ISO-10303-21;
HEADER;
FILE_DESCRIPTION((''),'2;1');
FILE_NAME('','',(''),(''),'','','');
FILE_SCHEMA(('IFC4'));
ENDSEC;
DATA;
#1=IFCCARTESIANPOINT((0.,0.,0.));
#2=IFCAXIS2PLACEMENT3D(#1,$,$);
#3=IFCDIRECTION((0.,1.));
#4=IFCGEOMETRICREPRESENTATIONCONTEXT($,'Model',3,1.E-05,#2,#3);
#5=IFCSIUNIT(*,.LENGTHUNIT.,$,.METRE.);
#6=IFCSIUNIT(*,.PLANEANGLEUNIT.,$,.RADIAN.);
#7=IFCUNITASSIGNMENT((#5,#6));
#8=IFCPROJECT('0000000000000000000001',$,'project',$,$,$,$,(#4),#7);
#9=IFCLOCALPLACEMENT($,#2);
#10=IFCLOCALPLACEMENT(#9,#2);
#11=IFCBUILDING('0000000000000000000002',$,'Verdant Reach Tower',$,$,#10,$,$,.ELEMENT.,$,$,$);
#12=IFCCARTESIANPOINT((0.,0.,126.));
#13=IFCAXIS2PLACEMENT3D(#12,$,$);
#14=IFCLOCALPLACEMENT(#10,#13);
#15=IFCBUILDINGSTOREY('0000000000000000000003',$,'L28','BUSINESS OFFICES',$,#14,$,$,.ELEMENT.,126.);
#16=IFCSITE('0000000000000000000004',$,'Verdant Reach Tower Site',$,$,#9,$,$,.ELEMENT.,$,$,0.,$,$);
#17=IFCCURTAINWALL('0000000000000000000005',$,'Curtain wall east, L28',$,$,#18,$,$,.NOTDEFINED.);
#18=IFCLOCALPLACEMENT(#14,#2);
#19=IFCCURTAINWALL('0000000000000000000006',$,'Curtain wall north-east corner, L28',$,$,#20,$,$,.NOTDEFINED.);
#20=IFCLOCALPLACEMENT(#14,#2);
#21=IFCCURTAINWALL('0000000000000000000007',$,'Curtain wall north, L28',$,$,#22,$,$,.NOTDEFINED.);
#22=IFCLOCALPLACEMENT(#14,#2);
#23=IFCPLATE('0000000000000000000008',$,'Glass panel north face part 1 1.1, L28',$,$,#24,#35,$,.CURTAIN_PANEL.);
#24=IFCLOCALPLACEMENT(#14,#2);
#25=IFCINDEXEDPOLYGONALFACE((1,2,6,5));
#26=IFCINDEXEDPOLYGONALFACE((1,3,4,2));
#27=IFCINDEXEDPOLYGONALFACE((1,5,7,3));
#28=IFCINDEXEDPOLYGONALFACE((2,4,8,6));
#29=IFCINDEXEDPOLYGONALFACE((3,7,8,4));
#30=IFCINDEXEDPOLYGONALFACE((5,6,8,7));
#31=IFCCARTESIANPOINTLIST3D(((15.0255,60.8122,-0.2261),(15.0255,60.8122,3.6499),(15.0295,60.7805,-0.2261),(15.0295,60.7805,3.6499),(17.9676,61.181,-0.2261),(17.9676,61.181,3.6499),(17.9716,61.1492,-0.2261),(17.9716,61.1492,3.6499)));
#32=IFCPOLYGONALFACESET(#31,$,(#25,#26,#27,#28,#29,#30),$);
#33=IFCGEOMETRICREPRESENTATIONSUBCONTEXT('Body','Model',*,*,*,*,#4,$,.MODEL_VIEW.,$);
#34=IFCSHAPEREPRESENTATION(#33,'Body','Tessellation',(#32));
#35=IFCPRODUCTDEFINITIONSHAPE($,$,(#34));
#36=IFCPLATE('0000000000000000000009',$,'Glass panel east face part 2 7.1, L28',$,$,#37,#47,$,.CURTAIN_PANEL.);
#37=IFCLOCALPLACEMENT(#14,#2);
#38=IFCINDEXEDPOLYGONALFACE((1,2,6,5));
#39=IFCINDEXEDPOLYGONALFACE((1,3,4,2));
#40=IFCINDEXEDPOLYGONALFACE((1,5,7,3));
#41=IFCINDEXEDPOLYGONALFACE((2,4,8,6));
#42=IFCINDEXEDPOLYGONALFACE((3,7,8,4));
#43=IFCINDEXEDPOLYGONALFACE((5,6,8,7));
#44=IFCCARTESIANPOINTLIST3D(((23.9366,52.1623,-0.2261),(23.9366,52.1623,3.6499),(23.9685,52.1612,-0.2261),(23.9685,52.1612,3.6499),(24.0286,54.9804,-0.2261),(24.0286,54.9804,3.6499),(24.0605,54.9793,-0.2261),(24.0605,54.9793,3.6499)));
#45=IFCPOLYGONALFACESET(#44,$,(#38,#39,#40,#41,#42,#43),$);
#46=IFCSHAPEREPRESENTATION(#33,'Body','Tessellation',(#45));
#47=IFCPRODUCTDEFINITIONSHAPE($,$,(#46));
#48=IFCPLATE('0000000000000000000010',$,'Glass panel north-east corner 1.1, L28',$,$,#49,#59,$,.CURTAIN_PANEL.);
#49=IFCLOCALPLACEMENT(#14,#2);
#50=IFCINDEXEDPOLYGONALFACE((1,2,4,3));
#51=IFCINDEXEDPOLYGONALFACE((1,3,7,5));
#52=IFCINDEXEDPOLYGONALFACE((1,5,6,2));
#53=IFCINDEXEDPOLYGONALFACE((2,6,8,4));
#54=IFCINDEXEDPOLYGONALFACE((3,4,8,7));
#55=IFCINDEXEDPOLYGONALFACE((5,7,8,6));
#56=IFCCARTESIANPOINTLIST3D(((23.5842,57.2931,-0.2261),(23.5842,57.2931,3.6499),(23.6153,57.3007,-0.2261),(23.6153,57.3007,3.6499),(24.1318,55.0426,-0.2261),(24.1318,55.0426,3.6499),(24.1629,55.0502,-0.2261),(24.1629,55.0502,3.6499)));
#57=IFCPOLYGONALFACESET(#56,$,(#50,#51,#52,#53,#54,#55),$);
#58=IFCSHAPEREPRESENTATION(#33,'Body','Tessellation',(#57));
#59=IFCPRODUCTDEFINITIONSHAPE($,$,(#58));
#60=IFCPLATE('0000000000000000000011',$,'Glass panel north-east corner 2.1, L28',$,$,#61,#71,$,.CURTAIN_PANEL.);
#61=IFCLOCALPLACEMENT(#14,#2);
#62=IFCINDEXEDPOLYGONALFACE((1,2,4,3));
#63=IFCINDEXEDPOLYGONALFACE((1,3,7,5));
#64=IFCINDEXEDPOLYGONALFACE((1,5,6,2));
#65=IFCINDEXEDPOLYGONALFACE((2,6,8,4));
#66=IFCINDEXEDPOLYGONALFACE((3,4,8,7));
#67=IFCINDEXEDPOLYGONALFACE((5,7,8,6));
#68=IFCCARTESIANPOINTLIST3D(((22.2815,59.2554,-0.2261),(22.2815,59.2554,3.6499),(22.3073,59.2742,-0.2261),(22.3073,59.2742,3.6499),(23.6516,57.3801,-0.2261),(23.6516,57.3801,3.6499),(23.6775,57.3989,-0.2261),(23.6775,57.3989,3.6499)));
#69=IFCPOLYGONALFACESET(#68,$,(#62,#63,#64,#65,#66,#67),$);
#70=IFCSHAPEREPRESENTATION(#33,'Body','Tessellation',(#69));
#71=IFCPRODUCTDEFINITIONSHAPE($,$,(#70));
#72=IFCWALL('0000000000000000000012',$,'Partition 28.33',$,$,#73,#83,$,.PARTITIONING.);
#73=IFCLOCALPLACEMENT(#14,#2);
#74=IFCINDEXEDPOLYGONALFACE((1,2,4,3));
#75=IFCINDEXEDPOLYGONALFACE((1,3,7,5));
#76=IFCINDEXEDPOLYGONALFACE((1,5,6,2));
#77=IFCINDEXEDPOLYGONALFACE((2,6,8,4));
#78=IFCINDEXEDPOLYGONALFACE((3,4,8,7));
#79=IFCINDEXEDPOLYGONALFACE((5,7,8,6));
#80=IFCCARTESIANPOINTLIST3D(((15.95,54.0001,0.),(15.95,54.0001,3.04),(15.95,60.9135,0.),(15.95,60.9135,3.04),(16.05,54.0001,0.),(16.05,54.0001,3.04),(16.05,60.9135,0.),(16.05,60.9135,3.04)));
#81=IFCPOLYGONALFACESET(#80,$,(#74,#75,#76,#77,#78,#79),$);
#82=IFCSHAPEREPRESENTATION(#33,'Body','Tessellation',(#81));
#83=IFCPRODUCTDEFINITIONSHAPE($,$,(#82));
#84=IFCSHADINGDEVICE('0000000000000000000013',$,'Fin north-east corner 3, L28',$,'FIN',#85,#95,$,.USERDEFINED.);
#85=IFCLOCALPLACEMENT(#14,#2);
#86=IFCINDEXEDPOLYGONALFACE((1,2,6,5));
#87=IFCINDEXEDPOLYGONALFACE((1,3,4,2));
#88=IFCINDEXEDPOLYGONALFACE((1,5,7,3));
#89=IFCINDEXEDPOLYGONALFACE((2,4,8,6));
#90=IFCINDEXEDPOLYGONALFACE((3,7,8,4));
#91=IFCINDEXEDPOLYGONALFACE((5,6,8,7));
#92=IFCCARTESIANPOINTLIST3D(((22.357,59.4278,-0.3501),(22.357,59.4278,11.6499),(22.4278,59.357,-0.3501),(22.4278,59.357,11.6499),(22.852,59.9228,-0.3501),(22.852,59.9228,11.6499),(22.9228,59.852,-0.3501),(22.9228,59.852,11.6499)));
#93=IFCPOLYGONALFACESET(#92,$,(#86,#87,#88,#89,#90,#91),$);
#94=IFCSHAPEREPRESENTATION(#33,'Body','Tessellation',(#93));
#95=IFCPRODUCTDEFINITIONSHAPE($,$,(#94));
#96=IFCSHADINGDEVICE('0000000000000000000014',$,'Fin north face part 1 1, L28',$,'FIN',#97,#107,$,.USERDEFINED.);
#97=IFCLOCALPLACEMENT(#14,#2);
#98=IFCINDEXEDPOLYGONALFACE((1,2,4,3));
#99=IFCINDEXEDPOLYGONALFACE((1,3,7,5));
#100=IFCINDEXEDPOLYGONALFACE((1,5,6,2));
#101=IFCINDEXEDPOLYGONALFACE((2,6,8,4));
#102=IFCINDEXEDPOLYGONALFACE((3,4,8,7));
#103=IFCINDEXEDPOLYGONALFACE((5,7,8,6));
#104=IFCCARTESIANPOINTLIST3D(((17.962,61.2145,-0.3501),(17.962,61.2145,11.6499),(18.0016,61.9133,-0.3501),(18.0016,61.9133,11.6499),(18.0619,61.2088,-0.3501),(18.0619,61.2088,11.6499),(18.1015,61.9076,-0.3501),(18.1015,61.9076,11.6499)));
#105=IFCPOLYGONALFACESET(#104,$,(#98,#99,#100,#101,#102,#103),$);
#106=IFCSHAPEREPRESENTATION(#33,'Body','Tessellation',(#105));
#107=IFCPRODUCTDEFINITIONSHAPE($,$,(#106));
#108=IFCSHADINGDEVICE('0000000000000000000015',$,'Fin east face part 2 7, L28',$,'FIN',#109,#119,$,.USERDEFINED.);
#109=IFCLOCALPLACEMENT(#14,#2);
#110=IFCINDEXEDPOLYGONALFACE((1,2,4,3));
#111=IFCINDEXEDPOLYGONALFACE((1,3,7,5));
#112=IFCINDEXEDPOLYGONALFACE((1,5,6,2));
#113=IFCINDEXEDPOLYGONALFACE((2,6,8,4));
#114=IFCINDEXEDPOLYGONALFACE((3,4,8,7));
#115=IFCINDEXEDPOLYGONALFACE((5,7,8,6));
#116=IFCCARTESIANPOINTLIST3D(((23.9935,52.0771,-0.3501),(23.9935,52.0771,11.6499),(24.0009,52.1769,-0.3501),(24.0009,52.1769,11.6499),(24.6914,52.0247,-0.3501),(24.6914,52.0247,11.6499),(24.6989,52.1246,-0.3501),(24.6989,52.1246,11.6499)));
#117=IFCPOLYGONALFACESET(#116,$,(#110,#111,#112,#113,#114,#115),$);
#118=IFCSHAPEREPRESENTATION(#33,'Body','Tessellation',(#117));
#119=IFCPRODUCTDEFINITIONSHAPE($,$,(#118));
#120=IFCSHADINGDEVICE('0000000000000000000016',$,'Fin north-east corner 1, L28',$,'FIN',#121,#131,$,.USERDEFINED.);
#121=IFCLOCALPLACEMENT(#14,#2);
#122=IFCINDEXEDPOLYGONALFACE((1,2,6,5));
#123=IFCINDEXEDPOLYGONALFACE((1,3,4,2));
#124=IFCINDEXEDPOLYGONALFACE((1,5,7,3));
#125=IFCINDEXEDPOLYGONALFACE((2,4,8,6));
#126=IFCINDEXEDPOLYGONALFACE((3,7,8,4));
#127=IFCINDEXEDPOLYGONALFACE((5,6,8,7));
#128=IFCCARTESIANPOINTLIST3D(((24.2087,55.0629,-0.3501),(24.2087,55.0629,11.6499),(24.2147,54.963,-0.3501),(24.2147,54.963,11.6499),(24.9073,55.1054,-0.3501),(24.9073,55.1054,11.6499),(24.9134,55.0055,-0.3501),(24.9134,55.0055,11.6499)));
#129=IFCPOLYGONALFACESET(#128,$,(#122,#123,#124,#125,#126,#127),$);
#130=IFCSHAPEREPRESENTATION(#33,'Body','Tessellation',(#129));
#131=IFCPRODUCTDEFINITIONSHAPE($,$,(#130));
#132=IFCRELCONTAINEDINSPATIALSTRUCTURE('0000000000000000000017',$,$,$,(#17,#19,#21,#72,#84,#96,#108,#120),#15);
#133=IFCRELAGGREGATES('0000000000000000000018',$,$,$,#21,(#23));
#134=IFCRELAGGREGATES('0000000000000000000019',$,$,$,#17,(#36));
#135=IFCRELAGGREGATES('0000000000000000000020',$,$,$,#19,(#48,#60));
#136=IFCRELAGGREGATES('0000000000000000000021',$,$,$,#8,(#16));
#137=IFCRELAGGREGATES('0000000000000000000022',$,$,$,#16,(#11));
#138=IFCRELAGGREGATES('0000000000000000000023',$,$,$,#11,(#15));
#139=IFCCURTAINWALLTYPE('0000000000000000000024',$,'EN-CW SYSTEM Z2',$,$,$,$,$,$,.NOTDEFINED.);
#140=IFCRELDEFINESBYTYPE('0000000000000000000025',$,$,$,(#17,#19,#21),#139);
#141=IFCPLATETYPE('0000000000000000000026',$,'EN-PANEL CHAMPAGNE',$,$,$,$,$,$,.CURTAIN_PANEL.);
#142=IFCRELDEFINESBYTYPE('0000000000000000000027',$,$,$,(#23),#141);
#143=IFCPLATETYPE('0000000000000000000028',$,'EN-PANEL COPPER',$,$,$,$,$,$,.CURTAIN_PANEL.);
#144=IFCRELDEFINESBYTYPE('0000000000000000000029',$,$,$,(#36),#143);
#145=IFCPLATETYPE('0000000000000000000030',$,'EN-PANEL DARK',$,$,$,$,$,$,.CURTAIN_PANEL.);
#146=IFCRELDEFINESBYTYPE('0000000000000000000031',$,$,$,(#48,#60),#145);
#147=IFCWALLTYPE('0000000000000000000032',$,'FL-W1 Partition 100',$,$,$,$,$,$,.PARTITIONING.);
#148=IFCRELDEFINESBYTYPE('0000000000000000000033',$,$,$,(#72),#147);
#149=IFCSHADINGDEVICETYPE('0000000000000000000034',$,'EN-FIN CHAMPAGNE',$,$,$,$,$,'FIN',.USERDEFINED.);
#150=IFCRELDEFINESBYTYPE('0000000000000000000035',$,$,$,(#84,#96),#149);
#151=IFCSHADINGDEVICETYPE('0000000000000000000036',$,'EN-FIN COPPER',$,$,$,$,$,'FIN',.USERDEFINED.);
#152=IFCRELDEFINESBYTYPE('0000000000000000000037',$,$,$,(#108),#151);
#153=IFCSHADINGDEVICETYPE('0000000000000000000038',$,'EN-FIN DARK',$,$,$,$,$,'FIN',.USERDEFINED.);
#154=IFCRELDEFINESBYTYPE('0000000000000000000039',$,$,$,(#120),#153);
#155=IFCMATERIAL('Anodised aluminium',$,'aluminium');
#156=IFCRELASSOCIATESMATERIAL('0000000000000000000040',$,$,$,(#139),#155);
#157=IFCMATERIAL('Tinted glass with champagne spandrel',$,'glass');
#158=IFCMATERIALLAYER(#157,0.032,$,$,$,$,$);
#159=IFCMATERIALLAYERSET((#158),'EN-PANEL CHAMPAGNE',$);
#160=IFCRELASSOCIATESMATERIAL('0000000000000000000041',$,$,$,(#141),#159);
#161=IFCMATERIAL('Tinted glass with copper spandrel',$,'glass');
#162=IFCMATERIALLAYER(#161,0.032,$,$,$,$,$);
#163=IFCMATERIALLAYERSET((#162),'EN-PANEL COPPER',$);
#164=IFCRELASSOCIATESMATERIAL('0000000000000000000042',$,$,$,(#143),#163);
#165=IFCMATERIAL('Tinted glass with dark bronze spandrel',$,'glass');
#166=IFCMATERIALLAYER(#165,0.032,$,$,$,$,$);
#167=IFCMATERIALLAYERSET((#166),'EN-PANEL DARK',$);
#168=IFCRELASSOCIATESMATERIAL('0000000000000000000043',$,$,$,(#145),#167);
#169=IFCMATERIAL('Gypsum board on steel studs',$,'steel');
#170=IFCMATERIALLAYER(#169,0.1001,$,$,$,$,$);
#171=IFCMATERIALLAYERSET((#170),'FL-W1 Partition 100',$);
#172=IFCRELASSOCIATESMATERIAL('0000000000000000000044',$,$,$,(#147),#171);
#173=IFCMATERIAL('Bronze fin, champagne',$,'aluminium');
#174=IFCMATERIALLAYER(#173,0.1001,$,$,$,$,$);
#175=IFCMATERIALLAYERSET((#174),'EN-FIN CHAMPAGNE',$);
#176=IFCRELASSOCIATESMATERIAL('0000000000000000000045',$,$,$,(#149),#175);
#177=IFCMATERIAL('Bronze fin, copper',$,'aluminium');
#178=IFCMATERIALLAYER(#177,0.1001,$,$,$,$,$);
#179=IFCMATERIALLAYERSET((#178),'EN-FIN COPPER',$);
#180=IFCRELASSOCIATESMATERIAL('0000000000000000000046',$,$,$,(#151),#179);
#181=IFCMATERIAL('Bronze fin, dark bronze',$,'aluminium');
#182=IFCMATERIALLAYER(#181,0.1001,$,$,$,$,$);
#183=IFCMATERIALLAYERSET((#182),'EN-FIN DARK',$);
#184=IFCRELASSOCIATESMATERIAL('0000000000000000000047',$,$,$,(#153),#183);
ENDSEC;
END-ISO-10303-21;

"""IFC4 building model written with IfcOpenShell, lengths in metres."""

from ifc_helpers import new_model, si_unit, direction, frame, frame_2d, origin, origin_2d, place, context, subcontext, project, spatial, rectangle, extrude, material, layer, layer_set, type_object, element, aggregate, save


model = new_model("IFC4")

# Units and contexts
model_context = context("Model", 3, precision=1e-05, world=origin(), true_north=direction((0.0, 1.0)))
body_context = subcontext(model_context, "Body", "Model", "MODEL_VIEW")
ifc_project = project(units=[si_unit("LENGTHUNIT", "METRE"), si_unit("PLANEANGLEUNIT", "RADIAN")], contexts=[model_context])

# Site, building, storey
site_placement = place(None, origin())
site = spatial("IfcSite", under=ifc_project, at=site_placement, Name="Verdant Reach Tower Site", CompositionType="ELEMENT", RefElevation=0.0)
building_placement = place(site_placement, origin())
building = spatial("IfcBuilding", under=site, at=building_placement, Name="Verdant Reach Tower", CompositionType="ELEMENT")
storey_placement = place(building_placement, frame((0.0, 0.0, 126.0)))
storey = spatial("IfcBuildingStorey", under=building, at=storey_placement, Name="L28", Description="BUSINESS OFFICES", CompositionType="ELEMENT", Elevation=126.0)

# Curtain wall
ifc_material_1 = material(Name="Anodised aluminium", Category="aluminium")
curtain_wall_type = type_object("IfcCurtainWallType", Name="EN-CW SYSTEM Z2", PredefinedType="NOTDEFINED", material=ifc_material_1)
curtain_wall_1_placement = place(storey_placement, origin())
curtain_wall_1 = element("IfcCurtainWall", 1, at=curtain_wall_1_placement, inside=storey, type_object=curtain_wall_type, Name="Curtain wall east, L28", PredefinedType="NOTDEFINED")

# Curtain walls
curtain_wall_2_placement = place(storey_placement, origin())
curtain_wall_2 = element("IfcCurtainWall", 2, at=curtain_wall_2_placement, inside=storey, type_object=curtain_wall_type, Name="Curtain wall north-east corner, L28", PredefinedType="NOTDEFINED")
curtain_wall_3_placement = place(storey_placement, origin())
curtain_wall_3 = element("IfcCurtainWall", 3, at=curtain_wall_3_placement, inside=storey, type_object=curtain_wall_type, Name="Curtain wall north, L28", PredefinedType="NOTDEFINED")

# Plates
ifc_material_2 = material(Name="Tinted glass with champagne spandrel", Category="glass")
ifc_layer_1 = layer(ifc_material_2, 0.032)
ifc_layer_set_1 = layer_set([ifc_layer_1], Name="EN-PANEL CHAMPAGNE")
plate_type_1 = type_object("IfcPlateType", Name="EN-PANEL CHAMPAGNE", PredefinedType="CURTAIN_PANEL", material=ifc_layer_set_1)
plate_1_placement = place(storey_placement, frame((16.4985, 60.9807, -0.2261), z_axis=(0.0, 0.0, 1.0), x_axis=(-0.992237, -0.124365, 0.0)))
plate_1 = element("IfcPlate", 4, at=plate_1_placement, type_object=plate_type_1, Name="Glass panel north face part 1 1.1, L28", PredefinedType="CURTAIN_PANEL", context=body_context, shape_type="SweptSolid", body=[
    extrude(rectangle(XDim=2.9651, YDim=0.032, at=origin_2d()), origin(), (0.0, 0.0, 1.0), 3.876),
])
aggregate(curtain_wall_3, [plate_1])
ifc_material_3 = material(Name="Tinted glass with copper spandrel", Category="glass")
ifc_layer_2 = layer(ifc_material_3, 0.032)
ifc_layer_set_2 = layer_set([ifc_layer_2], Name="EN-PANEL COPPER")
plate_type_2 = type_object("IfcPlateType", Name="EN-PANEL COPPER", PredefinedType="CURTAIN_PANEL", material=ifc_layer_set_2)
plate_2_placement = place(storey_placement, frame((23.9985, 53.5708, -0.2261), z_axis=(0.0, 0.0, 1.0), x_axis=(0.032628, 0.999468, 0.0)))
plate_2 = element("IfcPlate", 5, at=plate_2_placement, type_object=plate_type_2, Name="Glass panel east face part 2 7.1, L28", PredefinedType="CURTAIN_PANEL", context=body_context, shape_type="SweptSolid", body=[
    extrude(rectangle(XDim=2.8196, YDim=0.032, at=origin_2d()), origin(), (0.0, 0.0, 1.0), 3.876),
])
aggregate(curtain_wall_1, [plate_2])
ifc_material_4 = material(Name="Tinted glass with dark bronze spandrel", Category="glass")
ifc_layer_3 = layer(ifc_material_4, 0.032)
ifc_layer_set_3 = layer_set([ifc_layer_3], Name="EN-PANEL DARK")
plate_type_3 = type_object("IfcPlateType", Name="EN-PANEL DARK", PredefinedType="CURTAIN_PANEL", material=ifc_layer_set_3)
plate_3_placement = place(storey_placement, frame((23.8735, 56.1716, -0.2261), z_axis=(0.0, 0.0, 1.0), x_axis=(-0.236416, 0.971652, 0.0)))
plate_3 = element("IfcPlate", 6, at=plate_3_placement, type_object=plate_type_3, Name="Glass panel north-east corner 1.1, L28", PredefinedType="CURTAIN_PANEL", context=body_context, shape_type="SweptSolid", body=[
    extrude(rectangle(XDim=2.3162, YDim=0.032, at=origin_2d()), origin(), (0.0, 0.0, 1.0), 3.876),
])
plate_4_placement = place(storey_placement, frame((22.9795, 58.3271, -0.2261), z_axis=(0.0, 0.0, 1.0), x_axis=(-0.589927, 0.807457, 0.0)))
plate_4 = element("IfcPlate", 7, at=plate_4_placement, type_object=plate_type_3, Name="Glass panel north-east corner 2.1, L28", PredefinedType="CURTAIN_PANEL", context=body_context, shape_type="SweptSolid", body=[
    extrude(rectangle(XDim=2.3225, YDim=0.032, at=origin_2d()), origin(), (0.0, 0.0, 1.0), 3.876),
])
aggregate(curtain_wall_2, [plate_3, plate_4])

# Wall
ifc_material_5 = material(Name="Gypsum board on steel studs", Category="steel")
ifc_layer_4 = layer(ifc_material_5, 0.1001)
ifc_layer_set_4 = layer_set([ifc_layer_4], Name="FL-W1 Partition 100")
wall_type = type_object("IfcWallType", Name="FL-W1 Partition 100", PredefinedType="PARTITIONING", material=ifc_layer_set_4)
wall_placement = place(storey_placement, frame((16.0, 60.9133, 0.0), z_axis=(0.0, 0.0, 1.0), x_axis=(0.0, -1.0, 0.0)))
element("IfcWall", 8, at=wall_placement, inside=storey, type_object=wall_type, Name="Partition 28.33", PredefinedType="PARTITIONING", context=body_context, shape_type="SweptSolid", body=[
    extrude(rectangle(XDim=6.9133, YDim=0.1001, at=frame_2d((3.4565, 0.0))), origin(), (0.0, 0.0, 1.0), 3.04),
])

# Shading devices
ifc_material_6 = material(Name="Bronze fin, champagne", Category="aluminium")
ifc_layer_5 = layer(ifc_material_6, 0.1001)
ifc_layer_set_5 = layer_set([ifc_layer_5], Name="EN-FIN CHAMPAGNE")
shading_device_type_1 = type_object("IfcShadingDeviceType", Name="EN-FIN CHAMPAGNE", ElementType="FIN", PredefinedType="USERDEFINED", material=ifc_layer_set_5)
for number, where, z_axis, x_axis, name in (
    (9, (22.6399, 59.6399, -0.3501), (0.0, 0.0, 1.0), (-0.707107, 0.707107, 0.0), "Fin north-east corner 3, L28"),
    (10, (18.0317, 61.561, -0.3501), (0.0, 0.0, 1.0), (-0.998399, 0.056569, 0.0), "Fin north face part 1 1, L28"),
):
    element("IfcShadingDevice", number, at=place(storey_placement, frame(where, z_axis=z_axis, x_axis=x_axis)), inside=storey, type_object=shading_device_type_1, Name=name, ObjectType="FIN", PredefinedType="USERDEFINED", context=body_context, shape_type="SweptSolid", body=[
        extrude(rectangle(XDim=0.1001, YDim=0.7, at=origin_2d()), origin(), (0.0, 0.0, 1.0), 12.0),
    ])
ifc_material_7 = material(Name="Bronze fin, copper", Category="aluminium")
ifc_layer_6 = layer(ifc_material_7, 0.1001)
ifc_layer_set_6 = layer_set([ifc_layer_6], Name="EN-FIN COPPER")
shading_device_type_2 = type_object("IfcShadingDeviceType", Name="EN-FIN COPPER", ElementType="FIN", PredefinedType="USERDEFINED", material=ifc_layer_set_6)
shading_device_1_placement = place(storey_placement, frame((24.3462, 52.1008, -0.3501), z_axis=(0.0, 0.0, 1.0), x_axis=(0.07479, 0.997199, 0.0)))
element("IfcShadingDevice", 11, at=shading_device_1_placement, inside=storey, type_object=shading_device_type_2, Name="Fin east face part 2 7, L28", ObjectType="FIN", PredefinedType="USERDEFINED", context=body_context, shape_type="SweptSolid", body=[
    extrude(rectangle(XDim=0.1001, YDim=0.7, at=origin_2d()), origin(), (0.0, 0.0, 1.0), 12.0),
])
ifc_material_8 = material(Name="Bronze fin, dark bronze", Category="aluminium")
ifc_layer_7 = layer(ifc_material_8, 0.1001)
ifc_layer_set_7 = layer_set([ifc_layer_7], Name="EN-FIN DARK")
shading_device_type_3 = type_object("IfcShadingDeviceType", Name="EN-FIN DARK", ElementType="FIN", PredefinedType="USERDEFINED", material=ifc_layer_set_7)
shading_device_2_placement = place(storey_placement, frame((24.561, 55.0342, -0.3501), z_axis=(0.0, 0.0, 1.0), x_axis=(-0.060703, 0.998156, 0.0)))
element("IfcShadingDevice", 12, at=shading_device_2_placement, inside=storey, type_object=shading_device_type_3, Name="Fin north-east corner 1, L28", ObjectType="FIN", PredefinedType="USERDEFINED", context=body_context, shape_type="SweptSolid", body=[
    extrude(rectangle(XDim=0.1001, YDim=0.7, at=origin_2d()), origin(), (0.0, 0.0, 1.0), 12.0),
])

save(model, "model.ifc")
